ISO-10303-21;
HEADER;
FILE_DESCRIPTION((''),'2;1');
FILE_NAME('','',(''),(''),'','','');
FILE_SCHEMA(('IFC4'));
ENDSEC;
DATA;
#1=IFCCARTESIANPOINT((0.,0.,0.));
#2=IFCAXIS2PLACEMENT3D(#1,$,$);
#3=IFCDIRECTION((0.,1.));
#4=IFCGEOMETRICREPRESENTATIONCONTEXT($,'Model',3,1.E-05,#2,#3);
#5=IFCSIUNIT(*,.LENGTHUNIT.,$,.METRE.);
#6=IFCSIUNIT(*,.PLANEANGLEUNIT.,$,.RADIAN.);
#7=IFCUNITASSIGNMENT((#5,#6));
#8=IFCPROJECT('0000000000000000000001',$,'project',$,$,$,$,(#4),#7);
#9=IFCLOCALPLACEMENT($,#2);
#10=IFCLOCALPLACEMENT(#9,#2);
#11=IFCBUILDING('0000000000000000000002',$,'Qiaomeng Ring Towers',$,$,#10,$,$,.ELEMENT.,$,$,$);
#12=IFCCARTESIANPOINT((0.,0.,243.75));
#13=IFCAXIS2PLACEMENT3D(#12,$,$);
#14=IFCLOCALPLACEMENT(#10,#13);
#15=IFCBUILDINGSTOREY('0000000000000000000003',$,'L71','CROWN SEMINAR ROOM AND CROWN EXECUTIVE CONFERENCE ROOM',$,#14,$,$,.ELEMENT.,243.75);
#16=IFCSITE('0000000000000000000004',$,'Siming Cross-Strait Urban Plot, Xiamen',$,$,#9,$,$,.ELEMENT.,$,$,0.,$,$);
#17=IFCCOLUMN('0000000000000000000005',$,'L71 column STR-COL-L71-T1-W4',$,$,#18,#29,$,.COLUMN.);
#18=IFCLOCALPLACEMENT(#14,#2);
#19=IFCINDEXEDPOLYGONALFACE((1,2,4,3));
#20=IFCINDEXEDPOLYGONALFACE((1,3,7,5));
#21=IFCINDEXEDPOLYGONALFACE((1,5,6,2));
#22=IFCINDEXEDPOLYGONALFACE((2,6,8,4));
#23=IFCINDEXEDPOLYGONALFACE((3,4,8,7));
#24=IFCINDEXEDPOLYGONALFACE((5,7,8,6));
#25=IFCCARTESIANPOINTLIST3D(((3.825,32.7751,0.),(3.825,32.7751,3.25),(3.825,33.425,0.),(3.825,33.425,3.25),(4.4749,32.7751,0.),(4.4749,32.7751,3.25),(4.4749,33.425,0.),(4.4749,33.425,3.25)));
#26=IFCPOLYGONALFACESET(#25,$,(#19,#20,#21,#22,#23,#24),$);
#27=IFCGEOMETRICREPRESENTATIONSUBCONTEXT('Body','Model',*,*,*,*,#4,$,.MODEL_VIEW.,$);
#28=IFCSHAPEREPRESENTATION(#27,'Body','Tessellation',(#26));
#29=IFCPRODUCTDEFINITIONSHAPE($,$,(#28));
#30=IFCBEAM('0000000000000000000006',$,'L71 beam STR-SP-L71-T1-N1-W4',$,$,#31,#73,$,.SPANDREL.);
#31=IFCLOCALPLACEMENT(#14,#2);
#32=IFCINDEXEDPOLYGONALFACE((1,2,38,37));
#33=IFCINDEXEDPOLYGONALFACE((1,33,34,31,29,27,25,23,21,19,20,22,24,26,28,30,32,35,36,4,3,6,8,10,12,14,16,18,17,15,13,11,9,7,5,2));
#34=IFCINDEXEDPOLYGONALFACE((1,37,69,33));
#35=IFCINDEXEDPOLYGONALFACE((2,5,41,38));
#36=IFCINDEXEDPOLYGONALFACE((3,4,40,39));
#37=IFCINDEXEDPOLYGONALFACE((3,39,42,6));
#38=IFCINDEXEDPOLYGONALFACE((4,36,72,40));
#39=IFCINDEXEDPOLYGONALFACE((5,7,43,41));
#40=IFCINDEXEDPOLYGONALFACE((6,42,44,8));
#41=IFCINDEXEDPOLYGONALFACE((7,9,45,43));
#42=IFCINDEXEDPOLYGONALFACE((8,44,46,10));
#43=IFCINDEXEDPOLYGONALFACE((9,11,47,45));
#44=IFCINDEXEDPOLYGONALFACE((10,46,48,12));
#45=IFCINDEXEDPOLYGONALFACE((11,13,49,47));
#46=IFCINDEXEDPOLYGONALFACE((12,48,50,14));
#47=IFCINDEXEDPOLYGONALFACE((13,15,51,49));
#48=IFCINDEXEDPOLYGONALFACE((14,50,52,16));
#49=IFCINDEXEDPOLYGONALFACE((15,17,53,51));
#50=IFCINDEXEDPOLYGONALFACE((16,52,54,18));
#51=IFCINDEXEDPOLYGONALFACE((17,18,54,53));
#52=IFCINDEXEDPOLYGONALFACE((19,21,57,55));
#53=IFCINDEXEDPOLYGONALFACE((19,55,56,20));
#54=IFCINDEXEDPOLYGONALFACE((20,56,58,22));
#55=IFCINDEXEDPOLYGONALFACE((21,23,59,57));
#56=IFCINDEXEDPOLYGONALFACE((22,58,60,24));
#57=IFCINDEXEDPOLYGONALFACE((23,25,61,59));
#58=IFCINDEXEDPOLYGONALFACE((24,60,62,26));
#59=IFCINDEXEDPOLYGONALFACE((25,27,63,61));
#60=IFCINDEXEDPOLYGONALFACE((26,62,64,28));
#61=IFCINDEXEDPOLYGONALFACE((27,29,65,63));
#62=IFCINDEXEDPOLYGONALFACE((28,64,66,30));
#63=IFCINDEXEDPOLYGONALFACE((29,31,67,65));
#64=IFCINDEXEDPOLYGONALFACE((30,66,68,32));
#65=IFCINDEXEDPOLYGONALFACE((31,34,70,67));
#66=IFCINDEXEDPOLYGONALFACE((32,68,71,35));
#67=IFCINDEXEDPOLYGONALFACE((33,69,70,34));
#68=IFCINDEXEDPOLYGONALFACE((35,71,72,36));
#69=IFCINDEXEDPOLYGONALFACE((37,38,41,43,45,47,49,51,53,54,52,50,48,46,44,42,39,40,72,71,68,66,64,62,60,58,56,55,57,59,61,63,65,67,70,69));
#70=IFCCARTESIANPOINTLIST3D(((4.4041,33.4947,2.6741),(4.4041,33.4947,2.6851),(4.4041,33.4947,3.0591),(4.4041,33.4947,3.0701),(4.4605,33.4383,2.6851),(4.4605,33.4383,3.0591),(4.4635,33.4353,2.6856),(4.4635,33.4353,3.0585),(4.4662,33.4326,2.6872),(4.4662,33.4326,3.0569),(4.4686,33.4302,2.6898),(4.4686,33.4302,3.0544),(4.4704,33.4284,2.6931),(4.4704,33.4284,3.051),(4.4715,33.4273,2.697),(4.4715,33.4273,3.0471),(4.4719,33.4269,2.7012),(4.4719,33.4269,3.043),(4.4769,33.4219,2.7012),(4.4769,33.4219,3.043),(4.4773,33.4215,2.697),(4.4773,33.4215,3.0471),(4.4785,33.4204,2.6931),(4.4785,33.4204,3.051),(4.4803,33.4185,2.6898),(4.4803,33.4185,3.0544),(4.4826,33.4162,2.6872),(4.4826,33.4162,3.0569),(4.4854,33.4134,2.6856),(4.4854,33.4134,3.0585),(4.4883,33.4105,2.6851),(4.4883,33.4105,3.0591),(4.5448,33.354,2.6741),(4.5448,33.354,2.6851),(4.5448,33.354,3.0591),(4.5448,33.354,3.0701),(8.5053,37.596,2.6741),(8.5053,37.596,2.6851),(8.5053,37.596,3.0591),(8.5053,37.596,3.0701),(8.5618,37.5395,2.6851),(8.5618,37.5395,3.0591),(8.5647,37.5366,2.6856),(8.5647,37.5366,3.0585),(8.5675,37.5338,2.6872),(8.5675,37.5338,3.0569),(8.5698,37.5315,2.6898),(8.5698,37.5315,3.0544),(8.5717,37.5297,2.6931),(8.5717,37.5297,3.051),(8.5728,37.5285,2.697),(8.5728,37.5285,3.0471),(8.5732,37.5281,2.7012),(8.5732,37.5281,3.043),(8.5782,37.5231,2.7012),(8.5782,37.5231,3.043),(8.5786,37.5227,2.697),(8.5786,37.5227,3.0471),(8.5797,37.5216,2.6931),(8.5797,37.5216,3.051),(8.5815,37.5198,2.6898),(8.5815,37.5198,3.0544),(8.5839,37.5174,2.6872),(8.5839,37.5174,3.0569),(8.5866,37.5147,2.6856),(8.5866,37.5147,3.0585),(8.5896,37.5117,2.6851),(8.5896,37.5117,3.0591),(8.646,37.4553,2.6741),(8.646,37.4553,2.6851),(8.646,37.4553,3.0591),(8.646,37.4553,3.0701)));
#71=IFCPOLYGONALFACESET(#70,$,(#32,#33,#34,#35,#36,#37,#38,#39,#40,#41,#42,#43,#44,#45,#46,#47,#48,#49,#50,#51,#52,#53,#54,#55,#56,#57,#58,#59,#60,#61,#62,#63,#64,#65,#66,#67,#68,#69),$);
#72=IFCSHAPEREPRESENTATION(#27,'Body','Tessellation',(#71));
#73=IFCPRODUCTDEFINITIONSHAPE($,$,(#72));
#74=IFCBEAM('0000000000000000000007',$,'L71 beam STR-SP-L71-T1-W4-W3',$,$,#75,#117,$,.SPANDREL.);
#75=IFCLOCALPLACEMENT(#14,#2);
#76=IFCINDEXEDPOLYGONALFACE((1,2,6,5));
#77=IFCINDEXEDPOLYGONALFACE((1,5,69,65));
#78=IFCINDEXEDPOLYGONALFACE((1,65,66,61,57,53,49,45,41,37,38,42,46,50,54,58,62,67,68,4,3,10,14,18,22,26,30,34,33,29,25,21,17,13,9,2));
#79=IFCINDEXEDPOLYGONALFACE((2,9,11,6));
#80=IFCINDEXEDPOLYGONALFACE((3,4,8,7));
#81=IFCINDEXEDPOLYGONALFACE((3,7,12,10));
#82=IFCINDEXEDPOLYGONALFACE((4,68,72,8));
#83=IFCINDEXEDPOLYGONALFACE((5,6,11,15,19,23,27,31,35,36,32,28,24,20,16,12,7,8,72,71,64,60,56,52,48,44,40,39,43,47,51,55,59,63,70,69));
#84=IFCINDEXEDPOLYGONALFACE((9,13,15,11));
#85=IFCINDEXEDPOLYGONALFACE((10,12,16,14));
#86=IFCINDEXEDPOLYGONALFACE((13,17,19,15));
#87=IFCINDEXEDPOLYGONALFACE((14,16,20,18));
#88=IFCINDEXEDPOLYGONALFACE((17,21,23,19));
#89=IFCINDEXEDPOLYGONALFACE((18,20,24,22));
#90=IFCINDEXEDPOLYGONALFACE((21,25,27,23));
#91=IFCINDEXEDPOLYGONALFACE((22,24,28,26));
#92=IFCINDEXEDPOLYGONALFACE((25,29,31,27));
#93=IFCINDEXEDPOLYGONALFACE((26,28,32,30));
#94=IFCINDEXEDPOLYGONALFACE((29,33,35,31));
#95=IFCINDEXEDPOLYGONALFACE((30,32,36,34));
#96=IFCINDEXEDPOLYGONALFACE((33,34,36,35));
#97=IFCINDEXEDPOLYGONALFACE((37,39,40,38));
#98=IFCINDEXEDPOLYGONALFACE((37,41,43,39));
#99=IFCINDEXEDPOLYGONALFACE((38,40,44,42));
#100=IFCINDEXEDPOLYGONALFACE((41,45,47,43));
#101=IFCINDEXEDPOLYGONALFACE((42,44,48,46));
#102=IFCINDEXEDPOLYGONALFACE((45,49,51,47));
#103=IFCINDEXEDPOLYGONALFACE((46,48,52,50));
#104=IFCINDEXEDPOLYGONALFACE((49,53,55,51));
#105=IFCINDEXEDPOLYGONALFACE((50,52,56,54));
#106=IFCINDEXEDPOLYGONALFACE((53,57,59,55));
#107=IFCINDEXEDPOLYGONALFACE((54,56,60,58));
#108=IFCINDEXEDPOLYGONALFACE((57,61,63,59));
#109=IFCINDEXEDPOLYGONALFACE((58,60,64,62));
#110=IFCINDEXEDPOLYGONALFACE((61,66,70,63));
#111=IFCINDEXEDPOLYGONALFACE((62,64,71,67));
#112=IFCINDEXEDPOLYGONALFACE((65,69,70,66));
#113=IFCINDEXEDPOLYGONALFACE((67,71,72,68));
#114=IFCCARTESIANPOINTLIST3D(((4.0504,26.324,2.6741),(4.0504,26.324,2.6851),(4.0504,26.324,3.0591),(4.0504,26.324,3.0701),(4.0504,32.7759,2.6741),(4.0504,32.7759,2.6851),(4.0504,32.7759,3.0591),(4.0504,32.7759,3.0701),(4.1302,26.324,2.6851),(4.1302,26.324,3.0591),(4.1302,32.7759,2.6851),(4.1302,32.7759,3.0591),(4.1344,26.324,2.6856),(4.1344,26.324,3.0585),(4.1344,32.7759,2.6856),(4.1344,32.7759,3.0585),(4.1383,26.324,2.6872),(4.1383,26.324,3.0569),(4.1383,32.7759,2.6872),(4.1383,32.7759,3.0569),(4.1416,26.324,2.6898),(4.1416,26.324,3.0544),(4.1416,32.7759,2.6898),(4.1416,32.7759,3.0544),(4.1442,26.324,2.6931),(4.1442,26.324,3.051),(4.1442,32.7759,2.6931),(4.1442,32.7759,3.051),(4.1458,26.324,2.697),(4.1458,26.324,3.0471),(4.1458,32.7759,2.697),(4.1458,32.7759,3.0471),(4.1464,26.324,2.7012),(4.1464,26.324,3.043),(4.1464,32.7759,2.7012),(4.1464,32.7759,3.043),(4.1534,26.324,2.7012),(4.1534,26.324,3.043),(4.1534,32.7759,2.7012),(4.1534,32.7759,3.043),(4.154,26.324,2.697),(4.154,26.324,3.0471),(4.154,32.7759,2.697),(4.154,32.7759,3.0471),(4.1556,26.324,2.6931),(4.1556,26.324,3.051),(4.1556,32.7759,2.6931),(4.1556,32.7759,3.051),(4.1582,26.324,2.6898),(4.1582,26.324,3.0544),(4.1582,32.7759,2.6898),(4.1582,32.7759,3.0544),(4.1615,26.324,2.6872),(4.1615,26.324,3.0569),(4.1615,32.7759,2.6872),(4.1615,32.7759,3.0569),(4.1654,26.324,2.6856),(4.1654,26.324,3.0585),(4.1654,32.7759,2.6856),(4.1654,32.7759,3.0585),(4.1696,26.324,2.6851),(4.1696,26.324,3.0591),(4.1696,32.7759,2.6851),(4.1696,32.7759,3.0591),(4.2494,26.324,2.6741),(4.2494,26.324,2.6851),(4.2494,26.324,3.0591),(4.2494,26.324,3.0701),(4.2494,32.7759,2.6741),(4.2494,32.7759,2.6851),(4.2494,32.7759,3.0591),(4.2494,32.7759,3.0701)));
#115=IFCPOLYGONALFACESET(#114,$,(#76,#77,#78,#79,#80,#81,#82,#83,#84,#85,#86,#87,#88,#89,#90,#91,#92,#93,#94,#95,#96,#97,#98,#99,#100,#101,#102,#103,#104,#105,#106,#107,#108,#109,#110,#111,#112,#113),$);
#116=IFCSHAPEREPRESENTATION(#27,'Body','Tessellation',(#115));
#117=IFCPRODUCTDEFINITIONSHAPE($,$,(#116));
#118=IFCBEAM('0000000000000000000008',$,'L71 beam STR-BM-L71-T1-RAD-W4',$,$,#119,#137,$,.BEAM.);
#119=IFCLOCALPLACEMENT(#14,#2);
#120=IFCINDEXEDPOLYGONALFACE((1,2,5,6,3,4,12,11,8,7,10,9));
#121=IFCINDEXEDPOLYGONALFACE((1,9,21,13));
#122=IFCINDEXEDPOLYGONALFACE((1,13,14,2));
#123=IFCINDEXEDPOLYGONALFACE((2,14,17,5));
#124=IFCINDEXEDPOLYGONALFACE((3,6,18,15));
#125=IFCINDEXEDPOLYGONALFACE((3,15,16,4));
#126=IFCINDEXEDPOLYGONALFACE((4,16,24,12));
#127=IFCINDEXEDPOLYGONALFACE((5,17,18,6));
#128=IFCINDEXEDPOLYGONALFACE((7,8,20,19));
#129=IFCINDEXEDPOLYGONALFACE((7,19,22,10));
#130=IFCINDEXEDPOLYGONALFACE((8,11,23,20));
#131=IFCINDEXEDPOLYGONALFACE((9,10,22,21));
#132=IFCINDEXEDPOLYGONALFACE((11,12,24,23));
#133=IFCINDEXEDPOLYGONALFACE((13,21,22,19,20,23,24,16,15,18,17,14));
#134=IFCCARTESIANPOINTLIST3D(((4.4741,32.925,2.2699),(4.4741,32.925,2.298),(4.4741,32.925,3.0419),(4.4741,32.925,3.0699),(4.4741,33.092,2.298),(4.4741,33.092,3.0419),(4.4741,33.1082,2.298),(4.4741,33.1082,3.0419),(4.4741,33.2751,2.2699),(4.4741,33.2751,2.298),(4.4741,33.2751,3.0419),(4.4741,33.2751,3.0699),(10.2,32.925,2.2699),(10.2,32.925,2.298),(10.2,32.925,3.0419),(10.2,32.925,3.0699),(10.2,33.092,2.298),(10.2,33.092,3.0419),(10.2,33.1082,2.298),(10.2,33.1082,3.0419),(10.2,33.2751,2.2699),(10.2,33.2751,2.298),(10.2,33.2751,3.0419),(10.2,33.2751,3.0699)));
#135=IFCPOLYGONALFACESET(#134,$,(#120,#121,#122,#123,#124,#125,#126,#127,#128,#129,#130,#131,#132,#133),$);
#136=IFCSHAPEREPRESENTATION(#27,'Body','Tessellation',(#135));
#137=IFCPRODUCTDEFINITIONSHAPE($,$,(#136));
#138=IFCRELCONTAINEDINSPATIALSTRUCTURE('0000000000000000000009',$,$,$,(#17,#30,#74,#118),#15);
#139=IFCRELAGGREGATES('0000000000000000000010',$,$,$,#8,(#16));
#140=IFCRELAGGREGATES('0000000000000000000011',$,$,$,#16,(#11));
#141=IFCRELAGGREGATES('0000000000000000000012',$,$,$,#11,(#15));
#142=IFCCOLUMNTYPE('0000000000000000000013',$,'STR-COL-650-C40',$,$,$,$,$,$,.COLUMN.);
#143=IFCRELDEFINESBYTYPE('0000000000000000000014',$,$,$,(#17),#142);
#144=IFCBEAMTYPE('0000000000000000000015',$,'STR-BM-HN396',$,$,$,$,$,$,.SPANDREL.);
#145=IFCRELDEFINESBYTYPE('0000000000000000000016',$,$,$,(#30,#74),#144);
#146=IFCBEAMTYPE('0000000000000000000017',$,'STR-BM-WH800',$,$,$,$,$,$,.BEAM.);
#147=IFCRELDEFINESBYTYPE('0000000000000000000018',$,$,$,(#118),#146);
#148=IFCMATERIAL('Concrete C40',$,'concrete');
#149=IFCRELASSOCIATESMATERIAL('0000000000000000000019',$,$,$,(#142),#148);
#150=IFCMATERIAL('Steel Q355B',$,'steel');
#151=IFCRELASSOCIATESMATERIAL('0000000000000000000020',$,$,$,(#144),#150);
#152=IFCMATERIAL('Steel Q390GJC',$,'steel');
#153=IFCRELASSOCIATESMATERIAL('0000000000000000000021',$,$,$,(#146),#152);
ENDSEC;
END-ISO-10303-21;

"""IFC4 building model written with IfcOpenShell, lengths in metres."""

from ifc_helpers import new_model, si_unit, direction, frame, origin, origin_2d, place, context, subcontext, project, spatial, rectangle, i_section, extrude, source, transform, mapped, material, material_profile, profile_set, type_object, element, save


model = new_model("IFC4")

# Units and contexts
model_context = context("Model", 3, precision=1e-05, world=origin(), true_north=direction((0.0, 1.0)))
body_context = subcontext(model_context, "Body", "Model", "MODEL_VIEW")
ifc_project = project(units=[si_unit("LENGTHUNIT", "METRE"), si_unit("PLANEANGLEUNIT", "RADIAN")], contexts=[model_context])

# Site, building, storey
site_placement = place(None, origin())
site = spatial("IfcSite", under=ifc_project, at=site_placement, Name="Siming Cross-Strait Urban Plot, Xiamen", CompositionType="ELEMENT", RefElevation=0.0)
building_placement = place(site_placement, origin())
building = spatial("IfcBuilding", under=site, at=building_placement, Name="Qiaomeng Ring Towers", CompositionType="ELEMENT")
storey_placement = place(building_placement, frame((0.0, 0.0, 243.75)))
storey = spatial("IfcBuildingStorey", under=building, at=storey_placement, Name="L71", Description="CROWN SEMINAR ROOM AND CROWN EXECUTIVE CONFERENCE ROOM", CompositionType="ELEMENT", Elevation=243.75)

# Column
ifc_material_1 = material(Name="Concrete C40", Category="concrete")
ifc_material_profile_1 = material_profile(ifc_material_1, rectangle(XDim=0.6499, YDim=0.6499, at=origin_2d()), Name="RC COL 650x650")
ifc_profile_set_1 = profile_set([ifc_material_profile_1], Name="Concrete C40")
column_type = type_object("IfcColumnType", Name="STR-COL-650-C40", PredefinedType="COLUMN", material=ifc_profile_set_1)
shared_shape_1 = source(origin(), body_context, "Body", "SweptSolid", [
    extrude(rectangle(XDim=0.6499, YDim=0.6499, at=origin_2d()), origin(), (0.0, 0.0, 1.0), 3.25),
])
column_placement = place(storey_placement, frame((4.1499, 33.1001, 0.0), z_axis=(0.0, 0.0, 1.0), x_axis=(1.0, 0.0, 0.0)))
element("IfcColumn", 1, at=column_placement, inside=storey, type_object=column_type, Name="L71 column STR-COL-L71-T1-W4", PredefinedType="COLUMN", context=body_context, shape_type="MappedRepresentation", body=[
    mapped(shared_shape_1, transform((0.0, 0.0, 0.0), x_axis=(1.0, 0.0, 0.0), y_axis=(0.0, 1.0, 0.0), z_axis=(0.0, 0.0, 1.0), scale=1.0)),
])

# Beams
ifc_material_2 = material(Name="Steel Q355B", Category="steel")
ifc_material_profile_2 = material_profile(ifc_material_2, i_section(OverallWidth=0.199, OverallDepth=0.396, WebThickness=0.0071, FlangeThickness=0.011, FilletRadius=0.0161, at=origin_2d()), Name="HN 396x199x7x11")
ifc_profile_set_2 = profile_set([ifc_material_profile_2], Name="Steel Q355B")
beam_type_1 = type_object("IfcBeamType", Name="STR-BM-HN396", PredefinedType="SPANDREL", material=ifc_profile_set_2)
shared_shape_2 = source(origin(), body_context, "Body", "SweptSolid", [
    extrude(i_section(OverallWidth=0.199, OverallDepth=0.396, WebThickness=0.0071, FlangeThickness=0.011, FilletRadius=0.0161, at=origin_2d()), origin(), (0.0, 0.0, 1.0), 5.8),
])
beam_1_placement = place(storey_placement, frame((8.5757, 37.5256, 2.8721), z_axis=(-0.707107, -0.707107, 0.0), x_axis=(0.707107, -0.707107, 0.0)))
element("IfcBeam", 2, at=beam_1_placement, inside=storey, type_object=beam_type_1, Name="L71 beam STR-SP-L71-T1-N1-W4", PredefinedType="SPANDREL", context=body_context, shape_type="MappedRepresentation", body=[
    mapped(shared_shape_2, transform((0.0, 0.0, 0.0), x_axis=(1.0, 0.0, 0.0), y_axis=(0.0, 1.0, 0.0), z_axis=(0.0, 0.0, 1.0), scale=1.0)),
])
shared_shape_3 = source(origin(), body_context, "Body", "SweptSolid", [
    extrude(i_section(OverallWidth=0.199, OverallDepth=0.396, WebThickness=0.0071, FlangeThickness=0.011, FilletRadius=0.0161, at=origin_2d()), origin(), (0.0, 0.0, 1.0), 6.4519),
])
beam_2_placement = place(storey_placement, frame((4.1499, 32.7759, 2.8721), z_axis=(0.0, -1.0, 0.0), x_axis=(1.0, 0.0, 0.0)))
element("IfcBeam", 3, at=beam_2_placement, inside=storey, type_object=beam_type_1, Name="L71 beam STR-SP-L71-T1-W4-W3", PredefinedType="SPANDREL", context=body_context, shape_type="MappedRepresentation", body=[
    mapped(shared_shape_3, transform((0.0, 0.0, 0.0), x_axis=(1.0, 0.0, 0.0), y_axis=(0.0, 1.0, 0.0), z_axis=(0.0, 0.0, 1.0), scale=1.0)),
])
ifc_material_3 = material(Name="Steel Q390GJC", Category="steel")
ifc_material_profile_3 = material_profile(ifc_material_3, i_section(OverallWidth=0.3501, OverallDepth=0.8, WebThickness=0.0161, FlangeThickness=0.0281, at=origin_2d()), Name="WH 800x350x16x28")
ifc_profile_set_3 = profile_set([ifc_material_profile_3], Name="Steel Q390GJC")
beam_type_2 = type_object("IfcBeamType", Name="STR-BM-WH800", PredefinedType="BEAM", material=ifc_profile_set_3)
shared_shape_4 = source(origin(), body_context, "Body", "SweptSolid", [
    extrude(i_section(OverallWidth=0.3501, OverallDepth=0.8, WebThickness=0.0161, FlangeThickness=0.0281, at=origin_2d()), origin(), (0.0, 0.0, 1.0), 5.7258),
])
beam_3_placement = place(storey_placement, frame((4.4741, 33.1001, 2.6699), z_axis=(1.0, 0.0, 0.0), x_axis=(0.0, 1.0, 0.0)))
element("IfcBeam", 4, at=beam_3_placement, inside=storey, type_object=beam_type_2, Name="L71 beam STR-BM-L71-T1-RAD-W4", PredefinedType="BEAM", context=body_context, shape_type="MappedRepresentation", body=[
    mapped(shared_shape_4, transform((0.0, 0.0, 0.0), x_axis=(1.0, 0.0, 0.0), y_axis=(0.0, 1.0, 0.0), z_axis=(0.0, 0.0, 1.0), scale=1.0)),
])

save(model, "model.ifc")
